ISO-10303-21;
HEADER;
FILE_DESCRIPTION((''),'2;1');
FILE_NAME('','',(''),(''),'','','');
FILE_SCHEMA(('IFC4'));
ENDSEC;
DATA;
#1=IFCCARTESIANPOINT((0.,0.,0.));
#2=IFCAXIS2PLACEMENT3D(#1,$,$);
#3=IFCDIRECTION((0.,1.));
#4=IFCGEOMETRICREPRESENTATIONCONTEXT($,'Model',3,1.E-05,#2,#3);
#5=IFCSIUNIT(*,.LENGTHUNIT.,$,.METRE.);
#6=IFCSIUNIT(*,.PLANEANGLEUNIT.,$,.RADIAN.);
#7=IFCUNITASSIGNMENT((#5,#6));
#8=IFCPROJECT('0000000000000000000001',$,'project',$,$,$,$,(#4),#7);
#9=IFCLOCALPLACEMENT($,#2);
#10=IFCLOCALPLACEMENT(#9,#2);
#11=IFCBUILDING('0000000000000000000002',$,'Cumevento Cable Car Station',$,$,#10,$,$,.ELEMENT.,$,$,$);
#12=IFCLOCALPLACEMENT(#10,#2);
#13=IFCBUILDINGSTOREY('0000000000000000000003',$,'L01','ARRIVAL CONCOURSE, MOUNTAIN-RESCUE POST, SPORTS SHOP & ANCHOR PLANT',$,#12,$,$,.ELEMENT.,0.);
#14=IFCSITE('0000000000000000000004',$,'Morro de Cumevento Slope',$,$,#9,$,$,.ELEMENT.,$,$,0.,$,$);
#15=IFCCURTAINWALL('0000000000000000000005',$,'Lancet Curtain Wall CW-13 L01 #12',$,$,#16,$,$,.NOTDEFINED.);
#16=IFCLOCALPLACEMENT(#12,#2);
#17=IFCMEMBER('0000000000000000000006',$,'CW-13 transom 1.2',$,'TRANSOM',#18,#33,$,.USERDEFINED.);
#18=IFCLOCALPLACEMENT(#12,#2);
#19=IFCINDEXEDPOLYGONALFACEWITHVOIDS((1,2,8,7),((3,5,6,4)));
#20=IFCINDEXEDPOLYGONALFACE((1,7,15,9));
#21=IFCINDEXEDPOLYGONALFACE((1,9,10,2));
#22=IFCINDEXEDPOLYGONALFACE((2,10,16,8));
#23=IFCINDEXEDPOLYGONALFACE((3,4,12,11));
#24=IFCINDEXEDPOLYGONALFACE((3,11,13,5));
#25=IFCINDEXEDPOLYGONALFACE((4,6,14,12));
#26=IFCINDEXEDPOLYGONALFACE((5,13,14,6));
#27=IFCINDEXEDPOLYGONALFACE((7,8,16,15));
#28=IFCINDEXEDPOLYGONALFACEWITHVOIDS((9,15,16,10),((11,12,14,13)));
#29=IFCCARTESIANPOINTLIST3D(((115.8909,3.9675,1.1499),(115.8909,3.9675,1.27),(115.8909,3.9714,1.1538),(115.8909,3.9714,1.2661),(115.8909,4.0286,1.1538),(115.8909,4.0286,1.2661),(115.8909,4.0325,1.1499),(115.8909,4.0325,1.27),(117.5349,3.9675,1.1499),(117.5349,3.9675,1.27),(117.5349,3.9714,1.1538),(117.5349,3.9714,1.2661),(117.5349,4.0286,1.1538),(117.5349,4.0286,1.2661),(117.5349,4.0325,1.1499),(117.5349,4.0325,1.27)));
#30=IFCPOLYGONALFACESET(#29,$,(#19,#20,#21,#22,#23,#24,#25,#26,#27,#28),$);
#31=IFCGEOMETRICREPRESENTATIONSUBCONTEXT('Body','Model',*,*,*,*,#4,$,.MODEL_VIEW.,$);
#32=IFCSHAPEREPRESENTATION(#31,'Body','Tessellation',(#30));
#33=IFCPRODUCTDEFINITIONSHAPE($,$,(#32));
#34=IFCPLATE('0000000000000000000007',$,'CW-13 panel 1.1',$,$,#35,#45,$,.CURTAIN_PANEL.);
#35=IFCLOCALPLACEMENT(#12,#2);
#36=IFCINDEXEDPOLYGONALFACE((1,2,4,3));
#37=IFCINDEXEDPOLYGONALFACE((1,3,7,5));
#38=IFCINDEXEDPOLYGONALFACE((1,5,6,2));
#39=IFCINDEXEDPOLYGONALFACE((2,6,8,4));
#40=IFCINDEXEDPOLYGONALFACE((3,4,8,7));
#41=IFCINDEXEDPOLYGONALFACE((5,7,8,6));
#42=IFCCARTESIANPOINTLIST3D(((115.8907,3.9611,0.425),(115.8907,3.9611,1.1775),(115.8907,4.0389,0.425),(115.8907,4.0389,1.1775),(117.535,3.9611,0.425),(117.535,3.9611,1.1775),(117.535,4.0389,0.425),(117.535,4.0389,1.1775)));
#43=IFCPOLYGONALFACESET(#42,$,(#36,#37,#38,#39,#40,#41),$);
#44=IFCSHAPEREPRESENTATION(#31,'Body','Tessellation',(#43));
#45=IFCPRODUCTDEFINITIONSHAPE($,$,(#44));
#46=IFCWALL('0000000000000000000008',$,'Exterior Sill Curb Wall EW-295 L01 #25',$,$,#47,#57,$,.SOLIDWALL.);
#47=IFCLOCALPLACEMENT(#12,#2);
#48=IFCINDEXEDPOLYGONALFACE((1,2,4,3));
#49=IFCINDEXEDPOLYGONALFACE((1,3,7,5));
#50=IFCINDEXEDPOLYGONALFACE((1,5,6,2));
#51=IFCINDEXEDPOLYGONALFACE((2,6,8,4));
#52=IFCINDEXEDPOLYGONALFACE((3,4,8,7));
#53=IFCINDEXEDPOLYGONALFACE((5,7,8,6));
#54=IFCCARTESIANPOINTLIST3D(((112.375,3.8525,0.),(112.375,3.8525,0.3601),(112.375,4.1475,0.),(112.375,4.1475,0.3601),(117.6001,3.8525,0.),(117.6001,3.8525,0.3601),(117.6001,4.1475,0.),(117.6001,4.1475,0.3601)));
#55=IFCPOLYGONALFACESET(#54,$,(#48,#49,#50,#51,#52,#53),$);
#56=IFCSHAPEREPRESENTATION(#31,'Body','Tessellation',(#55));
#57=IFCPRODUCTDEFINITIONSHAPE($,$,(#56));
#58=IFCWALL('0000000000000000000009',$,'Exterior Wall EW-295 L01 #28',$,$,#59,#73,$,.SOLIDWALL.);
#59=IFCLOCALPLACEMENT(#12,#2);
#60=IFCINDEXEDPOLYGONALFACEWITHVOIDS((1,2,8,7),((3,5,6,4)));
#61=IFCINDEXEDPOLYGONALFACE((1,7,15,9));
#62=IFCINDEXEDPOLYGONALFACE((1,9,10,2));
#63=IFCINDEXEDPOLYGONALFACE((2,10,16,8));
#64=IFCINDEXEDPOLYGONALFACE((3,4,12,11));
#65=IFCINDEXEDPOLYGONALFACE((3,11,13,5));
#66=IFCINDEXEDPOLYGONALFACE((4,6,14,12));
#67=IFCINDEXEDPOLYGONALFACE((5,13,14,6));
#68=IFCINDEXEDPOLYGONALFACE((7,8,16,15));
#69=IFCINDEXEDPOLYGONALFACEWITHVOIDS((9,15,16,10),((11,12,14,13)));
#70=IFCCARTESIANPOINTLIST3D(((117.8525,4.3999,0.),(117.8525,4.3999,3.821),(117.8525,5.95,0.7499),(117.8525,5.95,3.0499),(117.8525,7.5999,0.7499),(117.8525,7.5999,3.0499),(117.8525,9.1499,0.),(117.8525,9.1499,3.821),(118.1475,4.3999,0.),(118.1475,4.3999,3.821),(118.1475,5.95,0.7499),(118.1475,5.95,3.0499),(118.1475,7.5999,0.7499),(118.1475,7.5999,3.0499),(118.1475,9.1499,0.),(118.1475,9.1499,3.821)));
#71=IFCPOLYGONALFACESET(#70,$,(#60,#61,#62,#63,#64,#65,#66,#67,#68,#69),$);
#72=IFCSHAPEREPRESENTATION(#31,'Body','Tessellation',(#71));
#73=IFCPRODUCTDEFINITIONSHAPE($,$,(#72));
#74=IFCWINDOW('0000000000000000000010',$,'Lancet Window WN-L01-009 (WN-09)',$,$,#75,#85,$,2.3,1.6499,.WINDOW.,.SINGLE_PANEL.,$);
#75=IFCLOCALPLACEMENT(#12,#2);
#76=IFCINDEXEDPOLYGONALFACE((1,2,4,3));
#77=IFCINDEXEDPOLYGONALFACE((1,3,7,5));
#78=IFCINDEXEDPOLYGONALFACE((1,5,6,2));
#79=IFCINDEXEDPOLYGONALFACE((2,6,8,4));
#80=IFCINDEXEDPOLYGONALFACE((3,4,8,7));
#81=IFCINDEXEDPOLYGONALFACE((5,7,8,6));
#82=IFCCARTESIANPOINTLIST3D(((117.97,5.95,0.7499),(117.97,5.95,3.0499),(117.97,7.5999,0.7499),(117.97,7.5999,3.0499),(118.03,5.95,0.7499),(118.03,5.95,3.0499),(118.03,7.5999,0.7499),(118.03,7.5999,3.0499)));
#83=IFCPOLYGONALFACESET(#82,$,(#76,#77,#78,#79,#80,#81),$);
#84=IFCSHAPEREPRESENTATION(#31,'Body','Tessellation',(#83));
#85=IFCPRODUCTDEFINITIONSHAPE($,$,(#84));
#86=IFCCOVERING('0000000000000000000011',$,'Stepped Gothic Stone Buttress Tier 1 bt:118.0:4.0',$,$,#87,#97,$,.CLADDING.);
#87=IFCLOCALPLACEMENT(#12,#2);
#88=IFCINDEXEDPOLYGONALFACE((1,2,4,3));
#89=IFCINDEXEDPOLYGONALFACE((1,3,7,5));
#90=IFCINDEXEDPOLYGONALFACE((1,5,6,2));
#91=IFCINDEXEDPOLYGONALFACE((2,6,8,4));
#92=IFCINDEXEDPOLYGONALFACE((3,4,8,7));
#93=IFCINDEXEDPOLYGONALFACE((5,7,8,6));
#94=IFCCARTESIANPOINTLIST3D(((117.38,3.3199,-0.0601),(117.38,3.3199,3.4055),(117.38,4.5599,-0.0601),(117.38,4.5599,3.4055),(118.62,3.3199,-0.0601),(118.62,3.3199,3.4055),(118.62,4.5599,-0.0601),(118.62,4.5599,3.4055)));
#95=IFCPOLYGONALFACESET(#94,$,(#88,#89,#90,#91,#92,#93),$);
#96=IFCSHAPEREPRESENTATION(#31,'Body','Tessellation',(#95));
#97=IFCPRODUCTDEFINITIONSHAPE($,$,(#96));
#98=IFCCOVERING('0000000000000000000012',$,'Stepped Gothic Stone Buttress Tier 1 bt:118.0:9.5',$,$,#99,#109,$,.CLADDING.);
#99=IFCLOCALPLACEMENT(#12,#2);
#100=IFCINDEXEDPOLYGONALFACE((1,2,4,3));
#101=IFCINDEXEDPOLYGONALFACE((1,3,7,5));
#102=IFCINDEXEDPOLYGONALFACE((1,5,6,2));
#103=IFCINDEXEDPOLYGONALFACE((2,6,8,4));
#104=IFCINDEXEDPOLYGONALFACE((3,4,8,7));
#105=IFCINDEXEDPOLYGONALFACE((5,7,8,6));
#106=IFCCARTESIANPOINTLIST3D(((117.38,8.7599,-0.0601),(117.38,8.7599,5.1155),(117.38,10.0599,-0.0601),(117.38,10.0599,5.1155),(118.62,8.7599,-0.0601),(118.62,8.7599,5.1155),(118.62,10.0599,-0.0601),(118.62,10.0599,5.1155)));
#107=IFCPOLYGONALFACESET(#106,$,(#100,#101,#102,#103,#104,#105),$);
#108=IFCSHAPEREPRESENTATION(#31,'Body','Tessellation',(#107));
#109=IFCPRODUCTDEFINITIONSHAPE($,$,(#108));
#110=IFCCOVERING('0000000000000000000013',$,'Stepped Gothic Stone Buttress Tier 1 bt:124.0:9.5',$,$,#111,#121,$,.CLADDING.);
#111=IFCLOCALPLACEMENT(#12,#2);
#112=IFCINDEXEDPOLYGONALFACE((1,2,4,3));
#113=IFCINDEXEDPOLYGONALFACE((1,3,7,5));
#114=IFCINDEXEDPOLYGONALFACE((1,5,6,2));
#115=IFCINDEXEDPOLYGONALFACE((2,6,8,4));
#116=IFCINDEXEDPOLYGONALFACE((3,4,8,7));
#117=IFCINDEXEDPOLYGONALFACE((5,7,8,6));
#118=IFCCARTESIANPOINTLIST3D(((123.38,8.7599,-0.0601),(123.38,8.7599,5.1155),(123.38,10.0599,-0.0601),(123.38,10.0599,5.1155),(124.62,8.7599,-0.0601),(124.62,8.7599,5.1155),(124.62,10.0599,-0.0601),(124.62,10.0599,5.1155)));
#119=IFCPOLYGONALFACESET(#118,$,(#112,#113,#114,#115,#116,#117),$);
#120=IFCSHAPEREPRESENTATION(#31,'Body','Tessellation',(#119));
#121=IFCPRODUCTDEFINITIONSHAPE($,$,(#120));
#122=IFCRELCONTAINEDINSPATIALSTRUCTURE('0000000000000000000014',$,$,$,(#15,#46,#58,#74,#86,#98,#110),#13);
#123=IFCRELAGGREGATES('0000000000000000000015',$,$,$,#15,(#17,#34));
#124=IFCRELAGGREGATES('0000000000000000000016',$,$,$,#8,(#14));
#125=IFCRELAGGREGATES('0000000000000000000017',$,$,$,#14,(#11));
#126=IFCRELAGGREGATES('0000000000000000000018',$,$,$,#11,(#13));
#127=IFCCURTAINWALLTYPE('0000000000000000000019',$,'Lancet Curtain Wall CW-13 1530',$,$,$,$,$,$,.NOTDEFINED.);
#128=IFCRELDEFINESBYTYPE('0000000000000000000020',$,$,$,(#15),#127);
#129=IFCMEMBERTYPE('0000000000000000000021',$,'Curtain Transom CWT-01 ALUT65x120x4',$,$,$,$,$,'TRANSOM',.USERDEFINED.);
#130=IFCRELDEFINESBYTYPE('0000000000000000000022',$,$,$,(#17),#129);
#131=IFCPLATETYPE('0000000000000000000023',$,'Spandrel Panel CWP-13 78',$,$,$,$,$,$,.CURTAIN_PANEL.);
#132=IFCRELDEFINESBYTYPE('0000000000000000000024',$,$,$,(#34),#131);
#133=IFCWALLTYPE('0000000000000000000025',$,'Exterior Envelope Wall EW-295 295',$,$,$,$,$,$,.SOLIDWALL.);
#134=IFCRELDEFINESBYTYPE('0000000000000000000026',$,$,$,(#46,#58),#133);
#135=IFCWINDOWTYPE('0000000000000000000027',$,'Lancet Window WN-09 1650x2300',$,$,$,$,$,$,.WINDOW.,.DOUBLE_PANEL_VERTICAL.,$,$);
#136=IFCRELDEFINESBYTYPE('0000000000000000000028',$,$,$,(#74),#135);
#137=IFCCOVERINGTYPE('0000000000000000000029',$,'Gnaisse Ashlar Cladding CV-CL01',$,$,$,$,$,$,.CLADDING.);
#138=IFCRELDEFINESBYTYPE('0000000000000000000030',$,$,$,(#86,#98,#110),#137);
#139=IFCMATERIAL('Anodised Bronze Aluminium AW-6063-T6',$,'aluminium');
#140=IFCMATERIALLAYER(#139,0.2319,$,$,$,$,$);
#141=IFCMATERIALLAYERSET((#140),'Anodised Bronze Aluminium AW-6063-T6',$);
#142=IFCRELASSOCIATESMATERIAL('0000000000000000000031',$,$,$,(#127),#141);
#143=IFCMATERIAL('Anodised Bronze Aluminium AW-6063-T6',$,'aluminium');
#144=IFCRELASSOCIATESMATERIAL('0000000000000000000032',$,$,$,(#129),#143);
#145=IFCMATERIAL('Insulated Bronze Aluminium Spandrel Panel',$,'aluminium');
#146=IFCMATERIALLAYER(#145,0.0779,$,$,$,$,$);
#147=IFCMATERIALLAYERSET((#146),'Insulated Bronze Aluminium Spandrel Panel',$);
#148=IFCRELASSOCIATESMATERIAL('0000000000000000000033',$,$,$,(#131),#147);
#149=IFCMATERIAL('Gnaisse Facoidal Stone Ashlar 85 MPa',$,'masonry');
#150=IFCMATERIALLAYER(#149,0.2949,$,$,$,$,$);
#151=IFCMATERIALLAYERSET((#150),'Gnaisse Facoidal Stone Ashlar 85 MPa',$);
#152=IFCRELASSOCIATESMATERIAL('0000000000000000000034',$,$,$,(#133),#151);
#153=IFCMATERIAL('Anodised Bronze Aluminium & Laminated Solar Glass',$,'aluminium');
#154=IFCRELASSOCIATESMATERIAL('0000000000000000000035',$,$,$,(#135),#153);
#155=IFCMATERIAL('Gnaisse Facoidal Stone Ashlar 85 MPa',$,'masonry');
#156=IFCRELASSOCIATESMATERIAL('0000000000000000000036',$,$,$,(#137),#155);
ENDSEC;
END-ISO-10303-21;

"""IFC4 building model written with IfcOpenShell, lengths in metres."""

from ifc_helpers import new_model, si_unit, direction, frame, frame_2d, origin, origin_2d, place, context, subcontext, project, spatial, rectangle, hollow_rectangle, extrude, material, layer, layer_set, material_profile, profile_set, type_object, element, fill, aggregate, save


model = new_model("IFC4")

# Units and contexts
model_context = context("Model", 3, precision=1e-05, world=origin(), true_north=direction((0.0, 1.0)))
body_context = subcontext(model_context, "Body", "Model", "MODEL_VIEW")
ifc_project = project(units=[si_unit("LENGTHUNIT", "METRE"), si_unit("PLANEANGLEUNIT", "RADIAN")], contexts=[model_context])

# Site, building, storey
site_placement = place(None, origin())
site = spatial("IfcSite", under=ifc_project, at=site_placement, Name="Morro de Cumevento Slope", CompositionType="ELEMENT", RefElevation=0.0)
building_placement = place(site_placement, origin())
building = spatial("IfcBuilding", under=site, at=building_placement, Name="Cumevento Cable Car Station", CompositionType="ELEMENT")
storey_placement = place(building_placement, origin())
storey = spatial("IfcBuildingStorey", under=building, at=storey_placement, Name="L01", Description="ARRIVAL CONCOURSE, MOUNTAIN-RESCUE POST, SPORTS SHOP & ANCHOR PLANT", CompositionType="ELEMENT", Elevation=0.0)

# Curtain wall, member, plate
ifc_material_1 = material(Name="Anodised Bronze Aluminium AW-6063-T6", Category="aluminium")
ifc_layer_1 = layer(ifc_material_1, 0.2319)
ifc_layer_set_1 = layer_set([ifc_layer_1], Name="Anodised Bronze Aluminium AW-6063-T6")
curtain_wall_type = type_object("IfcCurtainWallType", Name="Lancet Curtain Wall CW-13 1530", PredefinedType="NOTDEFINED", material=ifc_layer_set_1)
curtain_wall_placement = place(storey_placement, origin())
curtain_wall = element("IfcCurtainWall", 1, at=curtain_wall_placement, inside=storey, type_object=curtain_wall_type, Name="Lancet Curtain Wall CW-13 L01 #12", PredefinedType="NOTDEFINED")
ifc_material_2 = material(Name="Anodised Bronze Aluminium AW-6063-T6", Category="aluminium")
ifc_material_profile_1 = material_profile(ifc_material_2, hollow_rectangle(XDim=0.0649, YDim=0.1201, WallThickness=0.0039, at=origin_2d()), Name="ALUT65x120x4")
ifc_profile_set_1 = profile_set([ifc_material_profile_1], Name="Anodised Bronze Aluminium AW-6063-T6")
member_type_1 = type_object("IfcMemberType", Name="Curtain Transom CWT-01 ALUT65x120x4", ElementType="TRANSOM", PredefinedType="USERDEFINED", material=ifc_profile_set_1)
member_1_placement = place(storey_placement, frame((117.5349, 4.0, 1.21), z_axis=(-1.0, 0.0, 0.0), x_axis=(0.0, -1.0, 0.0)))
member_1 = element("IfcMember", 2, at=member_1_placement, type_object=member_type_1, Name="CW-13 transom 1.2", ObjectType="TRANSOM", PredefinedType="USERDEFINED", context=body_context, shape_type="SweptSolid", body=[
    extrude(hollow_rectangle(XDim=0.0649, YDim=0.1201, WallThickness=0.0039, at=origin_2d()), origin(), (0.0, 0.0, 1.0), 1.644),
])
ifc_material_3 = material(Name="Insulated Bronze Aluminium Spandrel Panel", Category="aluminium")
ifc_layer_2 = layer(ifc_material_3, 0.0779)
ifc_layer_set_2 = layer_set([ifc_layer_2], Name="Insulated Bronze Aluminium Spandrel Panel")
plate_type = type_object("IfcPlateType", Name="Spandrel Panel CWP-13 78", PredefinedType="CURTAIN_PANEL", material=ifc_layer_set_2)
plate_placement = place(storey_placement, frame((116.7129, 4.0, 0.425), z_axis=(0.0, 0.0, 1.0), x_axis=(-1.0, 0.0, 0.0)))
plate = element("IfcPlate", 3, at=plate_placement, type_object=plate_type, Name="CW-13 panel 1.1", PredefinedType="CURTAIN_PANEL", context=body_context, shape_type="SweptSolid", body=[
    extrude(rectangle(XDim=1.6443, YDim=0.0779, at=origin_2d()), origin(), (0.0, 0.0, 1.0), 0.7524),
])
aggregate(curtain_wall, [member_1, plate])

# Wall
ifc_material_4 = material(Name="Gnaisse Facoidal Stone Ashlar 85 MPa", Category="masonry")
ifc_layer_3 = layer(ifc_material_4, 0.2949)
ifc_layer_set_3 = layer_set([ifc_layer_3], Name="Gnaisse Facoidal Stone Ashlar 85 MPa")
wall_type = type_object("IfcWallType", Name="Exterior Envelope Wall EW-295 295", PredefinedType="SOLIDWALL", material=ifc_layer_set_3)
wall_1_placement = place(storey_placement, frame((117.6001, 4.0, 0.0), z_axis=(0.0, 0.0, 1.0), x_axis=(-1.0, 0.0, 0.0)))
element("IfcWall", 4, at=wall_1_placement, inside=storey, type_object=wall_type, Name="Exterior Sill Curb Wall EW-295 L01 #25", PredefinedType="SOLIDWALL", context=body_context, shape_type="SweptSolid", body=[
    extrude(rectangle(XDim=5.2251, YDim=0.2949, at=frame_2d((2.6125, 0.0))), origin(), (0.0, 0.0, 1.0), 0.3601),
])

# Wall, opening, window
wall_2_placement = place(storey_placement, frame((118.0, 9.1499, 0.0), z_axis=(0.0, 0.0, 1.0), x_axis=(0.0, -1.0, 0.0)))
wall_2 = element("IfcWall", 5, at=wall_2_placement, inside=storey, type_object=wall_type, Name="Exterior Wall EW-295 L01 #28", PredefinedType="SOLIDWALL", context=body_context, shape_type="SweptSolid", body=[
    extrude(rectangle(XDim=4.75, YDim=0.2949, at=frame_2d((2.375, 0.0))), origin(), (0.0, 0.0, 1.0), 3.821),
])
opening_placement = place(wall_2_placement, frame((1.55, 0.0, 0.75)))
opening = element("IfcOpeningElement", 6, at=opening_placement, cuts=wall_2, PredefinedType="OPENING", context=body_context, shape_type="SweptSolid", body=[
    extrude(rectangle(XDim=1.6499, YDim=2.3, at=frame_2d((0.825, 1.1499))), frame((0.0, 0.1575, 0.0), z_axis=(0.0, -1.0, 0.0), x_axis=(1.0, 0.0, 0.0)), (0.0, 0.0, 1.0), 0.3149),
])
ifc_material_5 = material(Name="Anodised Bronze Aluminium & Laminated Solar Glass", Category="aluminium")
window_type = type_object("IfcWindowType", Name="Lancet Window WN-09 1650x2300", PartitioningType="DOUBLE_PANEL_VERTICAL", PredefinedType="WINDOW", material=ifc_material_5)
window_placement = place(opening_placement, origin())
window = element("IfcWindow", 7, at=window_placement, inside=storey, type_object=window_type, Name="Lancet Window WN-L01-009 (WN-09)", OverallHeight=2.3, OverallWidth=1.6499, PartitioningType="SINGLE_PANEL", PredefinedType="WINDOW", context=body_context, shape_type="SweptSolid", body=[
    extrude(rectangle(XDim=1.6499, YDim=2.3, at=frame_2d((0.825, 1.1499))), frame((0.0, 0.03, 0.0), z_axis=(0.0, -1.0, 0.0), x_axis=(1.0, 0.0, 0.0)), (0.0, 0.0, 1.0), 0.0601),
])
fill(opening, window)

# Coverings
ifc_material_6 = material(Name="Gnaisse Facoidal Stone Ashlar 85 MPa", Category="masonry")
covering_type = type_object("IfcCoveringType", Name="Gnaisse Ashlar Cladding CV-CL01", PredefinedType="CLADDING", material=ifc_material_6)
covering_1_placement = place(storey_placement, frame((118.0, 3.9399, -0.0601), z_axis=(0.0, 0.0, 1.0), x_axis=(1.0, 0.0, 0.0)))
element("IfcCovering", 8, at=covering_1_placement, inside=storey, type_object=covering_type, Name="Stepped Gothic Stone Buttress Tier 1 bt:118.0:4.0", PredefinedType="CLADDING", context=body_context, shape_type="SweptSolid", body=[
    extrude(rectangle(XDim=1.24, YDim=1.24, at=origin_2d()), origin(), (0.0, 0.0, 1.0), 3.4656),
])
for number, where, z_axis, x_axis, name in (
    (9, (118.0, 9.4099, -0.0601), (0.0, 0.0, 1.0), (1.0, 0.0, 0.0), "Stepped Gothic Stone Buttress Tier 1 bt:118.0:9.5"),
    (10, (124.0, 9.4099, -0.0601), (0.0, 0.0, 1.0), (1.0, 0.0, 0.0), "Stepped Gothic Stone Buttress Tier 1 bt:124.0:9.5"),
):
    element("IfcCovering", number, at=place(storey_placement, frame(where, z_axis=z_axis, x_axis=x_axis)), inside=storey, type_object=covering_type, Name=name, PredefinedType="CLADDING", context=body_context, shape_type="SweptSolid", body=[
        extrude(rectangle(XDim=1.24, YDim=1.3, at=origin_2d()), origin(), (0.0, 0.0, 1.0), 5.1755),
    ])

save(model, "model.ifc")
